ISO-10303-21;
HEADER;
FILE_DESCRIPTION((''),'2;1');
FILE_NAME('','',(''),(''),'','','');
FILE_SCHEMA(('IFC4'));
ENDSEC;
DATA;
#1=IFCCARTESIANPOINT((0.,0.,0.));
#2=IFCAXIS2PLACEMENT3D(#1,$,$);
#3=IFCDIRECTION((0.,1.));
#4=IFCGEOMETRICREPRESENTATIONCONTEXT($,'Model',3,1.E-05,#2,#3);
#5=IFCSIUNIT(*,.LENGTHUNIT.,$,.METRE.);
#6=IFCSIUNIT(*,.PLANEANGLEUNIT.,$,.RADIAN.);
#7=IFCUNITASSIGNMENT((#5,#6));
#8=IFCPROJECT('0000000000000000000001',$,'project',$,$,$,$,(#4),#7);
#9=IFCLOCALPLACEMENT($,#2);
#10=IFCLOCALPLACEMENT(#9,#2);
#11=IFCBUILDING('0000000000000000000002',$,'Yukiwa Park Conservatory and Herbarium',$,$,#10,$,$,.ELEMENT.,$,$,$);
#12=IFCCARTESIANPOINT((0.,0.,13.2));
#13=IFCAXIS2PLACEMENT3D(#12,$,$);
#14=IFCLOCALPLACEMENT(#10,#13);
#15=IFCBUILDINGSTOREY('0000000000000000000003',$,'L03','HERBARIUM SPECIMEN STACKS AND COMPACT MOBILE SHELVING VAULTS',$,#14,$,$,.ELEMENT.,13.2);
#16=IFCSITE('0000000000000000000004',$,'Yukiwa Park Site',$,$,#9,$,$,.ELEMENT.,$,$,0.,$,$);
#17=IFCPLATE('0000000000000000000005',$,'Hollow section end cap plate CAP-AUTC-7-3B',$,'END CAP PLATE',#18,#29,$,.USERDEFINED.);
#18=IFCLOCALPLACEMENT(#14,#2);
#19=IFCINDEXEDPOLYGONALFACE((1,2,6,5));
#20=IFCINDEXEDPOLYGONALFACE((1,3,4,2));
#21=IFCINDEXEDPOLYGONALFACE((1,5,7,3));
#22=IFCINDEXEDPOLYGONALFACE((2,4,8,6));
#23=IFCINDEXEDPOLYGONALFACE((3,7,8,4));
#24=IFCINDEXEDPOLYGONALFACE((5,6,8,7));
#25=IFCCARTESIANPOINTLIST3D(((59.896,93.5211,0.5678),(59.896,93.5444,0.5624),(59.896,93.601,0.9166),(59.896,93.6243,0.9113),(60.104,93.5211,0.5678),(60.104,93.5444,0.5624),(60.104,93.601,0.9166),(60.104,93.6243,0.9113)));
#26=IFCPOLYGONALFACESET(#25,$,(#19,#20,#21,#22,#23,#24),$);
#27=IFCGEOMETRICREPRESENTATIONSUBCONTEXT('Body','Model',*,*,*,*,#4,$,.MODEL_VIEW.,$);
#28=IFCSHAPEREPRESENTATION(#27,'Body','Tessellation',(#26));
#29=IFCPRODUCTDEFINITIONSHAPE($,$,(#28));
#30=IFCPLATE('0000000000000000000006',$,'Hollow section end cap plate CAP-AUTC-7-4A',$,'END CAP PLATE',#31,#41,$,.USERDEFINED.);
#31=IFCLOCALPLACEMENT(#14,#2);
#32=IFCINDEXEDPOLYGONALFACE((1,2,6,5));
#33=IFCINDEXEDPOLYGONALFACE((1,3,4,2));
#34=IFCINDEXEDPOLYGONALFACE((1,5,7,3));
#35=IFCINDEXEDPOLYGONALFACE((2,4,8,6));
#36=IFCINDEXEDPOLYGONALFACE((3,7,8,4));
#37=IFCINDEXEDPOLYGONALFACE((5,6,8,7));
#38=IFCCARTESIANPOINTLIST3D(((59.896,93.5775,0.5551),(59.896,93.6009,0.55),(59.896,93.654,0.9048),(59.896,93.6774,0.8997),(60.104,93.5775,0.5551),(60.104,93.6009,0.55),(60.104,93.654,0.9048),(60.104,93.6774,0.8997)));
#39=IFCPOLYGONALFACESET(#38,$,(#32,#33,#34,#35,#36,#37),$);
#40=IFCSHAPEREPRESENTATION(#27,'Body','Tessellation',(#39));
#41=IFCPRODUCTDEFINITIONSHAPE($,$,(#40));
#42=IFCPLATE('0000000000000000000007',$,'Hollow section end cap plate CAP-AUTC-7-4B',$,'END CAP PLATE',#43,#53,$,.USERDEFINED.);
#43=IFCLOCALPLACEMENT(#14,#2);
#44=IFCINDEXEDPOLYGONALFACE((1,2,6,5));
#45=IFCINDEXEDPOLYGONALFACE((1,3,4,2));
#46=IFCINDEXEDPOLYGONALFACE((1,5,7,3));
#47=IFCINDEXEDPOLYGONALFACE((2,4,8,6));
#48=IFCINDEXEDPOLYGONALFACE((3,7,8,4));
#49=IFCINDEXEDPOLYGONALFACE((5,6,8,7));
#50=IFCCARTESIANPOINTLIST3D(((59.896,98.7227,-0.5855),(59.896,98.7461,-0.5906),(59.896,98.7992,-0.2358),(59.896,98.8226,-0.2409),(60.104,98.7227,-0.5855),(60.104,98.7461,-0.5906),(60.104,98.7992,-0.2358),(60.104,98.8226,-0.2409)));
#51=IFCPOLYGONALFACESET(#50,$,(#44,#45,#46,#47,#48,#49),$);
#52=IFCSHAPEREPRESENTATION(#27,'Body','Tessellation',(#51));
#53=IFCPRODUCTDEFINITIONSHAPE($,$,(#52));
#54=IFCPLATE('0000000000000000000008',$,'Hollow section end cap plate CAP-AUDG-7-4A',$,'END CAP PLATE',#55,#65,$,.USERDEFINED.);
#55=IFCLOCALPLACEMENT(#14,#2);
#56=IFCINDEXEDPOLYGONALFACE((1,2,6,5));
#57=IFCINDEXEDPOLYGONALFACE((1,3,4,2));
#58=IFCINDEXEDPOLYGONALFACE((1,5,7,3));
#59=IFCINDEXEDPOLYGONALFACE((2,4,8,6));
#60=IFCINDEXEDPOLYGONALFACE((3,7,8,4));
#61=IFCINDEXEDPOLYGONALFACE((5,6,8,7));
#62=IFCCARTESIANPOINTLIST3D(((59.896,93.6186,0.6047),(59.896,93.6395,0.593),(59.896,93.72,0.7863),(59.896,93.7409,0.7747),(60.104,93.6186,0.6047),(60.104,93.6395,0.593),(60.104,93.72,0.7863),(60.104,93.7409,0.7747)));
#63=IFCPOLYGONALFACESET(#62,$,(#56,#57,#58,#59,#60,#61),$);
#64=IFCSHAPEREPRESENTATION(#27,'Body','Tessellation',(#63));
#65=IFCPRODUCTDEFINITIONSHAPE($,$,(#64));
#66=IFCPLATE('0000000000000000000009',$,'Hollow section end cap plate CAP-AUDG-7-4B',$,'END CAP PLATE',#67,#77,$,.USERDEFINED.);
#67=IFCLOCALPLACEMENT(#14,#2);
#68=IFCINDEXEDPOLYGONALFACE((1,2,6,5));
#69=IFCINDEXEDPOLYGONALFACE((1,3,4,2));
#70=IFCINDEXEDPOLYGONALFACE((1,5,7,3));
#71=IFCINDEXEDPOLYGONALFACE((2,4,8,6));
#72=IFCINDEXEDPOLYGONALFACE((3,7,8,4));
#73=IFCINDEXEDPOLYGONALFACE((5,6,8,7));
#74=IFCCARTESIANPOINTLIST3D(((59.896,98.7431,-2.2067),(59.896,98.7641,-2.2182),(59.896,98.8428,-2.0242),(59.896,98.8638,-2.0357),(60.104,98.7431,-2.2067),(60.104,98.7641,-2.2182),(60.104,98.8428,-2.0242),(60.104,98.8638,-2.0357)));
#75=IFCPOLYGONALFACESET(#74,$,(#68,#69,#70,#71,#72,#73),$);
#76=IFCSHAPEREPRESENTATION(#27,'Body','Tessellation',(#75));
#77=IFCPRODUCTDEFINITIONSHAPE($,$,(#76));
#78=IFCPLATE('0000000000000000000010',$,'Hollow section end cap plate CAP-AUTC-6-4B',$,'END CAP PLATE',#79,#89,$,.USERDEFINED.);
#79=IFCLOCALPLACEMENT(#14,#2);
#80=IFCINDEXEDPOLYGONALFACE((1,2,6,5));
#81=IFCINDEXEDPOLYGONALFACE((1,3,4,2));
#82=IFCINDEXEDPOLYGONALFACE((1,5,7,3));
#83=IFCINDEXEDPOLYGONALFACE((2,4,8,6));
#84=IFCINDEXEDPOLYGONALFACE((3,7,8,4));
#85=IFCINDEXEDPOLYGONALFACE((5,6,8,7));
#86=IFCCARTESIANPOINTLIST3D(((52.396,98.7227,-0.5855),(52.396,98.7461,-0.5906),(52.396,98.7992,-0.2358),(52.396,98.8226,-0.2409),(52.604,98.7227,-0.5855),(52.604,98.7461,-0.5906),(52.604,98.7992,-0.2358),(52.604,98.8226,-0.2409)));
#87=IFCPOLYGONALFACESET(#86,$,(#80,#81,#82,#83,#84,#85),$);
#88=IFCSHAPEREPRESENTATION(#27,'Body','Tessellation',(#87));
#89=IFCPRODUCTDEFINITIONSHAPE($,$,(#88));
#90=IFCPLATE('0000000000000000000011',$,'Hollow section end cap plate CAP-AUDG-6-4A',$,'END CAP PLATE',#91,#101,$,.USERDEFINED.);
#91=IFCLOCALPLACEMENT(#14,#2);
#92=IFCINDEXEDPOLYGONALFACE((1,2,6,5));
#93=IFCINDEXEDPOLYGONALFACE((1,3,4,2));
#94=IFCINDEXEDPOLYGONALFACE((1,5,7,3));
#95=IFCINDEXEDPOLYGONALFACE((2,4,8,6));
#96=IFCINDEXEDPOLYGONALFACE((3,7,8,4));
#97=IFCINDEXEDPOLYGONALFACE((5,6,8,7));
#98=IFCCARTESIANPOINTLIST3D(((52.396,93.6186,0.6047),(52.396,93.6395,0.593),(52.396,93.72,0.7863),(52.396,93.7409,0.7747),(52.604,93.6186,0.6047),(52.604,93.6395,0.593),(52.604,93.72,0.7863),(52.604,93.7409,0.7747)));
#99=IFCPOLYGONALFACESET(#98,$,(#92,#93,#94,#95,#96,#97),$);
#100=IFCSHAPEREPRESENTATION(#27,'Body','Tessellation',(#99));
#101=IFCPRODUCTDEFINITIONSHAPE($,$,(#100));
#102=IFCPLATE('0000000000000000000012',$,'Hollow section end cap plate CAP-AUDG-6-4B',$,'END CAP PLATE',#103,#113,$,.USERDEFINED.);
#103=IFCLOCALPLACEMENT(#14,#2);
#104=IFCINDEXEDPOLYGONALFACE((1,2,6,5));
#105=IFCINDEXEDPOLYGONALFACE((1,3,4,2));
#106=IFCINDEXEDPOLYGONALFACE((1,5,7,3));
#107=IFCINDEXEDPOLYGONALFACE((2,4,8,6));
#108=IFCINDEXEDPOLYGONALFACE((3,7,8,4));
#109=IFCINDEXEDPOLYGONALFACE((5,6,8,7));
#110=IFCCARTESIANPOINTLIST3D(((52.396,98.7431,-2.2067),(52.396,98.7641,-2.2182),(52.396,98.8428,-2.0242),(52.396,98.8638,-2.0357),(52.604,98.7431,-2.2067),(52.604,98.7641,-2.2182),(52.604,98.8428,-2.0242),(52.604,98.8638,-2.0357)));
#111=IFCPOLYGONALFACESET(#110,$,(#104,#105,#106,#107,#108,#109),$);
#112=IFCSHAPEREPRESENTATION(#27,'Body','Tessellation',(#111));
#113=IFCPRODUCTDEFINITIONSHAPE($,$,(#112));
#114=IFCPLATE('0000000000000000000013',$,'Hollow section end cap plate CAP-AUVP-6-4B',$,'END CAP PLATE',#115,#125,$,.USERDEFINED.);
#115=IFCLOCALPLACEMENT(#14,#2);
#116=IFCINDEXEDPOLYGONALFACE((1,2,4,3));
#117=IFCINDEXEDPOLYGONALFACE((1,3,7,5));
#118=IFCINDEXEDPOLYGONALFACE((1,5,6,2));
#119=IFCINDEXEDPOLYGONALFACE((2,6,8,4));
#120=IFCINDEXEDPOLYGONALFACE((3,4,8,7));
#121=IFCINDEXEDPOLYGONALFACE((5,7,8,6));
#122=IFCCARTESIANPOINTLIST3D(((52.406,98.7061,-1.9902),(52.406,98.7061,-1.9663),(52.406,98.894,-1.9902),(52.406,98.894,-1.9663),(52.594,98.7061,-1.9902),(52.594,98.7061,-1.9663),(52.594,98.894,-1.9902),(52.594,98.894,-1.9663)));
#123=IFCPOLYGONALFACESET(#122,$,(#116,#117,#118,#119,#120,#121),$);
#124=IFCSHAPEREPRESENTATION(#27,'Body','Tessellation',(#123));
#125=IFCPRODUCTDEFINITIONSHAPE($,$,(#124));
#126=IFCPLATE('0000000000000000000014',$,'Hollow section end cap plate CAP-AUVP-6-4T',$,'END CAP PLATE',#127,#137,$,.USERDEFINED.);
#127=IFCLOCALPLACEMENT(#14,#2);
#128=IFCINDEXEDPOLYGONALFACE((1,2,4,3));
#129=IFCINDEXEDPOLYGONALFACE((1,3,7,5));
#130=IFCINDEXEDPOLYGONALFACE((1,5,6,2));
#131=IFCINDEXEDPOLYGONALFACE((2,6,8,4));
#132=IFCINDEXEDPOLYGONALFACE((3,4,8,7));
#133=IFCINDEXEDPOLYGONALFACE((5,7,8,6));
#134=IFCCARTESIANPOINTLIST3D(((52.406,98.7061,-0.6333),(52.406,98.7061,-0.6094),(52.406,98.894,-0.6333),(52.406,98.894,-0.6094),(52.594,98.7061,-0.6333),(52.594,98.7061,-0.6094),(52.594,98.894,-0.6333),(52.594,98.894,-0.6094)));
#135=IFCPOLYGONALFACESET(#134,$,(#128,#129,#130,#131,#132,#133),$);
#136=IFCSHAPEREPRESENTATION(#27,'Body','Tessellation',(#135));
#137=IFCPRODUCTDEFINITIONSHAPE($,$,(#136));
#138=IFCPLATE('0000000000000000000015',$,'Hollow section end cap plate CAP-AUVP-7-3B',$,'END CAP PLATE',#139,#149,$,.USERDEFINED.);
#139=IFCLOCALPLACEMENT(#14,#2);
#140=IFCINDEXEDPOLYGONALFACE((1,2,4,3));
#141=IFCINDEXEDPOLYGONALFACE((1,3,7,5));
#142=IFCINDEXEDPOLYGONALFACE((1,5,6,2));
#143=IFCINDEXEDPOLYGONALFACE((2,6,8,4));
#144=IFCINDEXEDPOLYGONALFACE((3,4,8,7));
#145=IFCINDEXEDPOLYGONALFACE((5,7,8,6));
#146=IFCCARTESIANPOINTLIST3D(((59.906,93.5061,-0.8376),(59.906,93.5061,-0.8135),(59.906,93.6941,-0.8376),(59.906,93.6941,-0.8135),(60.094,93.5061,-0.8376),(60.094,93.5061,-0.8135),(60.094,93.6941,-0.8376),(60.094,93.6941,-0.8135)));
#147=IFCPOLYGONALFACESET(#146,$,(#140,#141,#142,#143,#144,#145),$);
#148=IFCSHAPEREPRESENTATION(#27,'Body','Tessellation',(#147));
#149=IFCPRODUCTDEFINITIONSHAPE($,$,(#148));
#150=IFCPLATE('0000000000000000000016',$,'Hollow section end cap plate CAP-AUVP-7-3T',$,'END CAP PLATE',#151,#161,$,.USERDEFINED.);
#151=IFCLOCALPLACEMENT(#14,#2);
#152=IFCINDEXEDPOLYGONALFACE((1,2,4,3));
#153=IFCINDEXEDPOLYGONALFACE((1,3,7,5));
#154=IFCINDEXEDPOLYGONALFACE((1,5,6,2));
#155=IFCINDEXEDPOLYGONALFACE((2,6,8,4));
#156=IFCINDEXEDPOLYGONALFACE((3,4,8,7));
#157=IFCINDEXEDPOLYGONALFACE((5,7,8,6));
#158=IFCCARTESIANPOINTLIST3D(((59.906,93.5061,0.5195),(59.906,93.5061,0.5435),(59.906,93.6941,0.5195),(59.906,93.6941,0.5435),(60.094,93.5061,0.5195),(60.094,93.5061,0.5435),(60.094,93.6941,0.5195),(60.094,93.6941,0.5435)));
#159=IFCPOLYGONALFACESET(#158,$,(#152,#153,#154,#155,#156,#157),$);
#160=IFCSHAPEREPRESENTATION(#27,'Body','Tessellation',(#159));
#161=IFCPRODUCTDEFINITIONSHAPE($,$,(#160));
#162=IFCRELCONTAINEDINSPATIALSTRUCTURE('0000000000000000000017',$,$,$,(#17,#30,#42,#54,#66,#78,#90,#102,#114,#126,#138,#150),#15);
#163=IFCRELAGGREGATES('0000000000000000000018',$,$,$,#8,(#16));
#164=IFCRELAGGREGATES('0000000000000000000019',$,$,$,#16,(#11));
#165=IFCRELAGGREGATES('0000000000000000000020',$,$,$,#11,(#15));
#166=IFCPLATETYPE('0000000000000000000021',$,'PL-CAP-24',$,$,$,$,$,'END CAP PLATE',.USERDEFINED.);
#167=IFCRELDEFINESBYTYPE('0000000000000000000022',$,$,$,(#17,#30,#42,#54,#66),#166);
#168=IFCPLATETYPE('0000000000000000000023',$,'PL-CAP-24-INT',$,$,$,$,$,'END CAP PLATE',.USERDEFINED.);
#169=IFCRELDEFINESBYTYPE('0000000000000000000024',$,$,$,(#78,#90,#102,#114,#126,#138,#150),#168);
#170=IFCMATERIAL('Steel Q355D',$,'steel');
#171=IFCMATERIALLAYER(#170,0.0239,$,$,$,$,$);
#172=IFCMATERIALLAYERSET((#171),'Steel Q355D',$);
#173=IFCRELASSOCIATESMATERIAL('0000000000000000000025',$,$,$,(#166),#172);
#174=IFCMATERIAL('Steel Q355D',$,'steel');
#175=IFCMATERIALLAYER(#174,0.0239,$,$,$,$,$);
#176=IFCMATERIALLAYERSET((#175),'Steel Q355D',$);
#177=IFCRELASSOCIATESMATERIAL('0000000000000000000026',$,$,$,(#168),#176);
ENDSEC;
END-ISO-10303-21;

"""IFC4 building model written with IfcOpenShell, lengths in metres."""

from ifc_helpers import new_model, si_unit, direction, frame, origin, origin_2d, place, context, subcontext, project, spatial, rectangle, extrude, material, layer, layer_set, type_object, element, save


model = new_model("IFC4")

# Units and contexts
model_context = context("Model", 3, precision=1e-05, world=origin(), true_north=direction((0.0, 1.0)))
body_context = subcontext(model_context, "Body", "Model", "MODEL_VIEW")
ifc_project = project(units=[si_unit("LENGTHUNIT", "METRE"), si_unit("PLANEANGLEUNIT", "RADIAN")], contexts=[model_context])

# Site, building, storey
site_placement = place(None, origin())
site = spatial("IfcSite", under=ifc_project, at=site_placement, Name="Yukiwa Park Site", CompositionType="ELEMENT", RefElevation=0.0)
building_placement = place(site_placement, origin())
building = spatial("IfcBuilding", under=site, at=building_placement, Name="Yukiwa Park Conservatory and Herbarium", CompositionType="ELEMENT")
storey_placement = place(building_placement, frame((0.0, 0.0, 13.2)))
storey = spatial("IfcBuildingStorey", under=building, at=storey_placement, Name="L03", Description="HERBARIUM SPECIMEN STACKS AND COMPACT MOBILE SHELVING VAULTS", CompositionType="ELEMENT", Elevation=13.2)

# Plates
ifc_material_1 = material(Name="Steel Q355D", Category="steel")
ifc_layer_1 = layer(ifc_material_1, 0.0239)
ifc_layer_set_1 = layer_set([ifc_layer_1], Name="Steel Q355D")
plate_type_1 = type_object("IfcPlateType", Name="PL-CAP-24", ElementType="END CAP PLATE", PredefinedType="USERDEFINED", material=ifc_layer_set_1)
for number, where, z_axis, x_axis, name in (
    (1, (60.0, 93.561, 0.7422), (0.0, 0.974732, -0.223376), (-1.0, 0.0, 0.0), "Hollow section end cap plate CAP-AUTC-7-3B"),
    (2, (60.0, 93.6392, 0.7249), (0.0, -0.9769, 0.213697), (1.0, 0.0, 0.0), "Hollow section end cap plate CAP-AUTC-7-4A"),
    (3, (60.0, 98.761, -0.4106), (0.0, 0.9769, -0.213697), (-1.0, 0.0, 0.0), "Hollow section end cap plate CAP-AUTC-7-4B"),
):
    element("IfcPlate", number, at=place(storey_placement, frame(where, z_axis=z_axis, x_axis=x_axis)), inside=storey, type_object=plate_type_1, Name=name, ObjectType="END CAP PLATE", PredefinedType="USERDEFINED", context=body_context, shape_type="SweptSolid", body=[
        extrude(rectangle(XDim=0.208, YDim=0.3579, at=origin_2d()), origin(), (0.0, 0.0, 1.0), 0.0239),
    ])
for number, where, z_axis, x_axis, name in (
    (4, (60.0, 93.6902, 0.6838), (0.0, -0.873198, 0.487366), (1.0, 0.0, 0.0), "Hollow section end cap plate CAP-AUDG-7-4A"),
    (5, (60.0, 98.793, -2.1155), (0.0, 0.877505, -0.479567), (-1.0, 0.0, 0.0), "Hollow section end cap plate CAP-AUDG-7-4B"),
):
    element("IfcPlate", number, at=place(storey_placement, frame(where, z_axis=z_axis, x_axis=x_axis)), inside=storey, type_object=plate_type_1, Name=name, ObjectType="END CAP PLATE", PredefinedType="USERDEFINED", context=body_context, shape_type="SweptSolid", body=[
        extrude(rectangle(XDim=0.208, YDim=0.208, at=origin_2d()), origin(), (0.0, 0.0, 1.0), 0.0239),
    ])
ifc_material_2 = material(Name="Steel Q355D", Category="steel")
ifc_layer_2 = layer(ifc_material_2, 0.0239)
ifc_layer_set_2 = layer_set([ifc_layer_2], Name="Steel Q355D")
plate_type_2 = type_object("IfcPlateType", Name="PL-CAP-24-INT", ElementType="END CAP PLATE", PredefinedType="USERDEFINED", material=ifc_layer_set_2)
plate_1_placement = place(storey_placement, frame((52.5, 98.761, -0.4106), z_axis=(0.0, 0.9769, -0.213697), x_axis=(-1.0, 0.0, 0.0)))
element("IfcPlate", 6, at=plate_1_placement, inside=storey, type_object=plate_type_2, Name="Hollow section end cap plate CAP-AUTC-6-4B", ObjectType="END CAP PLATE", PredefinedType="USERDEFINED", context=body_context, shape_type="SweptSolid", body=[
    extrude(rectangle(XDim=0.208, YDim=0.3579, at=origin_2d()), origin(), (0.0, 0.0, 1.0), 0.0239),
])
for number, where, z_axis, x_axis, name in (
    (7, (52.5, 93.6902, 0.6838), (0.0, -0.873198, 0.487366), (1.0, 0.0, 0.0), "Hollow section end cap plate CAP-AUDG-6-4A"),
    (8, (52.5, 98.793, -2.1155), (0.0, 0.877505, -0.479567), (-1.0, 0.0, 0.0), "Hollow section end cap plate CAP-AUDG-6-4B"),
):
    element("IfcPlate", number, at=place(storey_placement, frame(where, z_axis=z_axis, x_axis=x_axis)), inside=storey, type_object=plate_type_2, Name=name, ObjectType="END CAP PLATE", PredefinedType="USERDEFINED", context=body_context, shape_type="SweptSolid", body=[
        extrude(rectangle(XDim=0.208, YDim=0.208, at=origin_2d()), origin(), (0.0, 0.0, 1.0), 0.0239),
    ])
for number, where, z_axis, x_axis, name in (
    (9, (52.5, 98.8, -1.9663), (0.0, 0.0, -1.0), (1.0, 0.0, 0.0), "Hollow section end cap plate CAP-AUVP-6-4B"),
    (10, (52.5, 98.8, -0.6333), (0.0, 0.0, 1.0), (1.0, 0.0, 0.0), "Hollow section end cap plate CAP-AUVP-6-4T"),
):
    element("IfcPlate", number, at=place(storey_placement, frame(where, z_axis=z_axis, x_axis=x_axis)), inside=storey, type_object=plate_type_2, Name=name, ObjectType="END CAP PLATE", PredefinedType="USERDEFINED", context=body_context, shape_type="SweptSolid", body=[
        extrude(rectangle(XDim=0.188, YDim=0.188, at=origin_2d()), origin(), (0.0, 0.0, 1.0), 0.0239),
    ])
plate_2_placement = place(storey_placement, frame((60.0, 93.6001, -0.8135), z_axis=(0.0, 0.0, -1.0), x_axis=(1.0, 0.0, 0.0)))
element("IfcPlate", 11, at=plate_2_placement, inside=storey, type_object=plate_type_2, Name="Hollow section end cap plate CAP-AUVP-7-3B", ObjectType="END CAP PLATE", PredefinedType="USERDEFINED", context=body_context, shape_type="SweptSolid", body=[
    extrude(rectangle(XDim=0.188, YDim=0.188, at=origin_2d()), origin(), (0.0, 0.0, 1.0), 0.0242),
])
plate_3_placement = place(storey_placement, frame((60.0, 93.6001, 0.5195), z_axis=(0.0, 0.0, 1.0), x_axis=(1.0, 0.0, 0.0)))
element("IfcPlate", 12, at=plate_3_placement, inside=storey, type_object=plate_type_2, Name="Hollow section end cap plate CAP-AUVP-7-3T", ObjectType="END CAP PLATE", PredefinedType="USERDEFINED", context=body_context, shape_type="SweptSolid", body=[
    extrude(rectangle(XDim=0.188, YDim=0.188, at=origin_2d()), origin(), (0.0, 0.0, 1.0), 0.0239),
])

save(model, "model.ifc")
